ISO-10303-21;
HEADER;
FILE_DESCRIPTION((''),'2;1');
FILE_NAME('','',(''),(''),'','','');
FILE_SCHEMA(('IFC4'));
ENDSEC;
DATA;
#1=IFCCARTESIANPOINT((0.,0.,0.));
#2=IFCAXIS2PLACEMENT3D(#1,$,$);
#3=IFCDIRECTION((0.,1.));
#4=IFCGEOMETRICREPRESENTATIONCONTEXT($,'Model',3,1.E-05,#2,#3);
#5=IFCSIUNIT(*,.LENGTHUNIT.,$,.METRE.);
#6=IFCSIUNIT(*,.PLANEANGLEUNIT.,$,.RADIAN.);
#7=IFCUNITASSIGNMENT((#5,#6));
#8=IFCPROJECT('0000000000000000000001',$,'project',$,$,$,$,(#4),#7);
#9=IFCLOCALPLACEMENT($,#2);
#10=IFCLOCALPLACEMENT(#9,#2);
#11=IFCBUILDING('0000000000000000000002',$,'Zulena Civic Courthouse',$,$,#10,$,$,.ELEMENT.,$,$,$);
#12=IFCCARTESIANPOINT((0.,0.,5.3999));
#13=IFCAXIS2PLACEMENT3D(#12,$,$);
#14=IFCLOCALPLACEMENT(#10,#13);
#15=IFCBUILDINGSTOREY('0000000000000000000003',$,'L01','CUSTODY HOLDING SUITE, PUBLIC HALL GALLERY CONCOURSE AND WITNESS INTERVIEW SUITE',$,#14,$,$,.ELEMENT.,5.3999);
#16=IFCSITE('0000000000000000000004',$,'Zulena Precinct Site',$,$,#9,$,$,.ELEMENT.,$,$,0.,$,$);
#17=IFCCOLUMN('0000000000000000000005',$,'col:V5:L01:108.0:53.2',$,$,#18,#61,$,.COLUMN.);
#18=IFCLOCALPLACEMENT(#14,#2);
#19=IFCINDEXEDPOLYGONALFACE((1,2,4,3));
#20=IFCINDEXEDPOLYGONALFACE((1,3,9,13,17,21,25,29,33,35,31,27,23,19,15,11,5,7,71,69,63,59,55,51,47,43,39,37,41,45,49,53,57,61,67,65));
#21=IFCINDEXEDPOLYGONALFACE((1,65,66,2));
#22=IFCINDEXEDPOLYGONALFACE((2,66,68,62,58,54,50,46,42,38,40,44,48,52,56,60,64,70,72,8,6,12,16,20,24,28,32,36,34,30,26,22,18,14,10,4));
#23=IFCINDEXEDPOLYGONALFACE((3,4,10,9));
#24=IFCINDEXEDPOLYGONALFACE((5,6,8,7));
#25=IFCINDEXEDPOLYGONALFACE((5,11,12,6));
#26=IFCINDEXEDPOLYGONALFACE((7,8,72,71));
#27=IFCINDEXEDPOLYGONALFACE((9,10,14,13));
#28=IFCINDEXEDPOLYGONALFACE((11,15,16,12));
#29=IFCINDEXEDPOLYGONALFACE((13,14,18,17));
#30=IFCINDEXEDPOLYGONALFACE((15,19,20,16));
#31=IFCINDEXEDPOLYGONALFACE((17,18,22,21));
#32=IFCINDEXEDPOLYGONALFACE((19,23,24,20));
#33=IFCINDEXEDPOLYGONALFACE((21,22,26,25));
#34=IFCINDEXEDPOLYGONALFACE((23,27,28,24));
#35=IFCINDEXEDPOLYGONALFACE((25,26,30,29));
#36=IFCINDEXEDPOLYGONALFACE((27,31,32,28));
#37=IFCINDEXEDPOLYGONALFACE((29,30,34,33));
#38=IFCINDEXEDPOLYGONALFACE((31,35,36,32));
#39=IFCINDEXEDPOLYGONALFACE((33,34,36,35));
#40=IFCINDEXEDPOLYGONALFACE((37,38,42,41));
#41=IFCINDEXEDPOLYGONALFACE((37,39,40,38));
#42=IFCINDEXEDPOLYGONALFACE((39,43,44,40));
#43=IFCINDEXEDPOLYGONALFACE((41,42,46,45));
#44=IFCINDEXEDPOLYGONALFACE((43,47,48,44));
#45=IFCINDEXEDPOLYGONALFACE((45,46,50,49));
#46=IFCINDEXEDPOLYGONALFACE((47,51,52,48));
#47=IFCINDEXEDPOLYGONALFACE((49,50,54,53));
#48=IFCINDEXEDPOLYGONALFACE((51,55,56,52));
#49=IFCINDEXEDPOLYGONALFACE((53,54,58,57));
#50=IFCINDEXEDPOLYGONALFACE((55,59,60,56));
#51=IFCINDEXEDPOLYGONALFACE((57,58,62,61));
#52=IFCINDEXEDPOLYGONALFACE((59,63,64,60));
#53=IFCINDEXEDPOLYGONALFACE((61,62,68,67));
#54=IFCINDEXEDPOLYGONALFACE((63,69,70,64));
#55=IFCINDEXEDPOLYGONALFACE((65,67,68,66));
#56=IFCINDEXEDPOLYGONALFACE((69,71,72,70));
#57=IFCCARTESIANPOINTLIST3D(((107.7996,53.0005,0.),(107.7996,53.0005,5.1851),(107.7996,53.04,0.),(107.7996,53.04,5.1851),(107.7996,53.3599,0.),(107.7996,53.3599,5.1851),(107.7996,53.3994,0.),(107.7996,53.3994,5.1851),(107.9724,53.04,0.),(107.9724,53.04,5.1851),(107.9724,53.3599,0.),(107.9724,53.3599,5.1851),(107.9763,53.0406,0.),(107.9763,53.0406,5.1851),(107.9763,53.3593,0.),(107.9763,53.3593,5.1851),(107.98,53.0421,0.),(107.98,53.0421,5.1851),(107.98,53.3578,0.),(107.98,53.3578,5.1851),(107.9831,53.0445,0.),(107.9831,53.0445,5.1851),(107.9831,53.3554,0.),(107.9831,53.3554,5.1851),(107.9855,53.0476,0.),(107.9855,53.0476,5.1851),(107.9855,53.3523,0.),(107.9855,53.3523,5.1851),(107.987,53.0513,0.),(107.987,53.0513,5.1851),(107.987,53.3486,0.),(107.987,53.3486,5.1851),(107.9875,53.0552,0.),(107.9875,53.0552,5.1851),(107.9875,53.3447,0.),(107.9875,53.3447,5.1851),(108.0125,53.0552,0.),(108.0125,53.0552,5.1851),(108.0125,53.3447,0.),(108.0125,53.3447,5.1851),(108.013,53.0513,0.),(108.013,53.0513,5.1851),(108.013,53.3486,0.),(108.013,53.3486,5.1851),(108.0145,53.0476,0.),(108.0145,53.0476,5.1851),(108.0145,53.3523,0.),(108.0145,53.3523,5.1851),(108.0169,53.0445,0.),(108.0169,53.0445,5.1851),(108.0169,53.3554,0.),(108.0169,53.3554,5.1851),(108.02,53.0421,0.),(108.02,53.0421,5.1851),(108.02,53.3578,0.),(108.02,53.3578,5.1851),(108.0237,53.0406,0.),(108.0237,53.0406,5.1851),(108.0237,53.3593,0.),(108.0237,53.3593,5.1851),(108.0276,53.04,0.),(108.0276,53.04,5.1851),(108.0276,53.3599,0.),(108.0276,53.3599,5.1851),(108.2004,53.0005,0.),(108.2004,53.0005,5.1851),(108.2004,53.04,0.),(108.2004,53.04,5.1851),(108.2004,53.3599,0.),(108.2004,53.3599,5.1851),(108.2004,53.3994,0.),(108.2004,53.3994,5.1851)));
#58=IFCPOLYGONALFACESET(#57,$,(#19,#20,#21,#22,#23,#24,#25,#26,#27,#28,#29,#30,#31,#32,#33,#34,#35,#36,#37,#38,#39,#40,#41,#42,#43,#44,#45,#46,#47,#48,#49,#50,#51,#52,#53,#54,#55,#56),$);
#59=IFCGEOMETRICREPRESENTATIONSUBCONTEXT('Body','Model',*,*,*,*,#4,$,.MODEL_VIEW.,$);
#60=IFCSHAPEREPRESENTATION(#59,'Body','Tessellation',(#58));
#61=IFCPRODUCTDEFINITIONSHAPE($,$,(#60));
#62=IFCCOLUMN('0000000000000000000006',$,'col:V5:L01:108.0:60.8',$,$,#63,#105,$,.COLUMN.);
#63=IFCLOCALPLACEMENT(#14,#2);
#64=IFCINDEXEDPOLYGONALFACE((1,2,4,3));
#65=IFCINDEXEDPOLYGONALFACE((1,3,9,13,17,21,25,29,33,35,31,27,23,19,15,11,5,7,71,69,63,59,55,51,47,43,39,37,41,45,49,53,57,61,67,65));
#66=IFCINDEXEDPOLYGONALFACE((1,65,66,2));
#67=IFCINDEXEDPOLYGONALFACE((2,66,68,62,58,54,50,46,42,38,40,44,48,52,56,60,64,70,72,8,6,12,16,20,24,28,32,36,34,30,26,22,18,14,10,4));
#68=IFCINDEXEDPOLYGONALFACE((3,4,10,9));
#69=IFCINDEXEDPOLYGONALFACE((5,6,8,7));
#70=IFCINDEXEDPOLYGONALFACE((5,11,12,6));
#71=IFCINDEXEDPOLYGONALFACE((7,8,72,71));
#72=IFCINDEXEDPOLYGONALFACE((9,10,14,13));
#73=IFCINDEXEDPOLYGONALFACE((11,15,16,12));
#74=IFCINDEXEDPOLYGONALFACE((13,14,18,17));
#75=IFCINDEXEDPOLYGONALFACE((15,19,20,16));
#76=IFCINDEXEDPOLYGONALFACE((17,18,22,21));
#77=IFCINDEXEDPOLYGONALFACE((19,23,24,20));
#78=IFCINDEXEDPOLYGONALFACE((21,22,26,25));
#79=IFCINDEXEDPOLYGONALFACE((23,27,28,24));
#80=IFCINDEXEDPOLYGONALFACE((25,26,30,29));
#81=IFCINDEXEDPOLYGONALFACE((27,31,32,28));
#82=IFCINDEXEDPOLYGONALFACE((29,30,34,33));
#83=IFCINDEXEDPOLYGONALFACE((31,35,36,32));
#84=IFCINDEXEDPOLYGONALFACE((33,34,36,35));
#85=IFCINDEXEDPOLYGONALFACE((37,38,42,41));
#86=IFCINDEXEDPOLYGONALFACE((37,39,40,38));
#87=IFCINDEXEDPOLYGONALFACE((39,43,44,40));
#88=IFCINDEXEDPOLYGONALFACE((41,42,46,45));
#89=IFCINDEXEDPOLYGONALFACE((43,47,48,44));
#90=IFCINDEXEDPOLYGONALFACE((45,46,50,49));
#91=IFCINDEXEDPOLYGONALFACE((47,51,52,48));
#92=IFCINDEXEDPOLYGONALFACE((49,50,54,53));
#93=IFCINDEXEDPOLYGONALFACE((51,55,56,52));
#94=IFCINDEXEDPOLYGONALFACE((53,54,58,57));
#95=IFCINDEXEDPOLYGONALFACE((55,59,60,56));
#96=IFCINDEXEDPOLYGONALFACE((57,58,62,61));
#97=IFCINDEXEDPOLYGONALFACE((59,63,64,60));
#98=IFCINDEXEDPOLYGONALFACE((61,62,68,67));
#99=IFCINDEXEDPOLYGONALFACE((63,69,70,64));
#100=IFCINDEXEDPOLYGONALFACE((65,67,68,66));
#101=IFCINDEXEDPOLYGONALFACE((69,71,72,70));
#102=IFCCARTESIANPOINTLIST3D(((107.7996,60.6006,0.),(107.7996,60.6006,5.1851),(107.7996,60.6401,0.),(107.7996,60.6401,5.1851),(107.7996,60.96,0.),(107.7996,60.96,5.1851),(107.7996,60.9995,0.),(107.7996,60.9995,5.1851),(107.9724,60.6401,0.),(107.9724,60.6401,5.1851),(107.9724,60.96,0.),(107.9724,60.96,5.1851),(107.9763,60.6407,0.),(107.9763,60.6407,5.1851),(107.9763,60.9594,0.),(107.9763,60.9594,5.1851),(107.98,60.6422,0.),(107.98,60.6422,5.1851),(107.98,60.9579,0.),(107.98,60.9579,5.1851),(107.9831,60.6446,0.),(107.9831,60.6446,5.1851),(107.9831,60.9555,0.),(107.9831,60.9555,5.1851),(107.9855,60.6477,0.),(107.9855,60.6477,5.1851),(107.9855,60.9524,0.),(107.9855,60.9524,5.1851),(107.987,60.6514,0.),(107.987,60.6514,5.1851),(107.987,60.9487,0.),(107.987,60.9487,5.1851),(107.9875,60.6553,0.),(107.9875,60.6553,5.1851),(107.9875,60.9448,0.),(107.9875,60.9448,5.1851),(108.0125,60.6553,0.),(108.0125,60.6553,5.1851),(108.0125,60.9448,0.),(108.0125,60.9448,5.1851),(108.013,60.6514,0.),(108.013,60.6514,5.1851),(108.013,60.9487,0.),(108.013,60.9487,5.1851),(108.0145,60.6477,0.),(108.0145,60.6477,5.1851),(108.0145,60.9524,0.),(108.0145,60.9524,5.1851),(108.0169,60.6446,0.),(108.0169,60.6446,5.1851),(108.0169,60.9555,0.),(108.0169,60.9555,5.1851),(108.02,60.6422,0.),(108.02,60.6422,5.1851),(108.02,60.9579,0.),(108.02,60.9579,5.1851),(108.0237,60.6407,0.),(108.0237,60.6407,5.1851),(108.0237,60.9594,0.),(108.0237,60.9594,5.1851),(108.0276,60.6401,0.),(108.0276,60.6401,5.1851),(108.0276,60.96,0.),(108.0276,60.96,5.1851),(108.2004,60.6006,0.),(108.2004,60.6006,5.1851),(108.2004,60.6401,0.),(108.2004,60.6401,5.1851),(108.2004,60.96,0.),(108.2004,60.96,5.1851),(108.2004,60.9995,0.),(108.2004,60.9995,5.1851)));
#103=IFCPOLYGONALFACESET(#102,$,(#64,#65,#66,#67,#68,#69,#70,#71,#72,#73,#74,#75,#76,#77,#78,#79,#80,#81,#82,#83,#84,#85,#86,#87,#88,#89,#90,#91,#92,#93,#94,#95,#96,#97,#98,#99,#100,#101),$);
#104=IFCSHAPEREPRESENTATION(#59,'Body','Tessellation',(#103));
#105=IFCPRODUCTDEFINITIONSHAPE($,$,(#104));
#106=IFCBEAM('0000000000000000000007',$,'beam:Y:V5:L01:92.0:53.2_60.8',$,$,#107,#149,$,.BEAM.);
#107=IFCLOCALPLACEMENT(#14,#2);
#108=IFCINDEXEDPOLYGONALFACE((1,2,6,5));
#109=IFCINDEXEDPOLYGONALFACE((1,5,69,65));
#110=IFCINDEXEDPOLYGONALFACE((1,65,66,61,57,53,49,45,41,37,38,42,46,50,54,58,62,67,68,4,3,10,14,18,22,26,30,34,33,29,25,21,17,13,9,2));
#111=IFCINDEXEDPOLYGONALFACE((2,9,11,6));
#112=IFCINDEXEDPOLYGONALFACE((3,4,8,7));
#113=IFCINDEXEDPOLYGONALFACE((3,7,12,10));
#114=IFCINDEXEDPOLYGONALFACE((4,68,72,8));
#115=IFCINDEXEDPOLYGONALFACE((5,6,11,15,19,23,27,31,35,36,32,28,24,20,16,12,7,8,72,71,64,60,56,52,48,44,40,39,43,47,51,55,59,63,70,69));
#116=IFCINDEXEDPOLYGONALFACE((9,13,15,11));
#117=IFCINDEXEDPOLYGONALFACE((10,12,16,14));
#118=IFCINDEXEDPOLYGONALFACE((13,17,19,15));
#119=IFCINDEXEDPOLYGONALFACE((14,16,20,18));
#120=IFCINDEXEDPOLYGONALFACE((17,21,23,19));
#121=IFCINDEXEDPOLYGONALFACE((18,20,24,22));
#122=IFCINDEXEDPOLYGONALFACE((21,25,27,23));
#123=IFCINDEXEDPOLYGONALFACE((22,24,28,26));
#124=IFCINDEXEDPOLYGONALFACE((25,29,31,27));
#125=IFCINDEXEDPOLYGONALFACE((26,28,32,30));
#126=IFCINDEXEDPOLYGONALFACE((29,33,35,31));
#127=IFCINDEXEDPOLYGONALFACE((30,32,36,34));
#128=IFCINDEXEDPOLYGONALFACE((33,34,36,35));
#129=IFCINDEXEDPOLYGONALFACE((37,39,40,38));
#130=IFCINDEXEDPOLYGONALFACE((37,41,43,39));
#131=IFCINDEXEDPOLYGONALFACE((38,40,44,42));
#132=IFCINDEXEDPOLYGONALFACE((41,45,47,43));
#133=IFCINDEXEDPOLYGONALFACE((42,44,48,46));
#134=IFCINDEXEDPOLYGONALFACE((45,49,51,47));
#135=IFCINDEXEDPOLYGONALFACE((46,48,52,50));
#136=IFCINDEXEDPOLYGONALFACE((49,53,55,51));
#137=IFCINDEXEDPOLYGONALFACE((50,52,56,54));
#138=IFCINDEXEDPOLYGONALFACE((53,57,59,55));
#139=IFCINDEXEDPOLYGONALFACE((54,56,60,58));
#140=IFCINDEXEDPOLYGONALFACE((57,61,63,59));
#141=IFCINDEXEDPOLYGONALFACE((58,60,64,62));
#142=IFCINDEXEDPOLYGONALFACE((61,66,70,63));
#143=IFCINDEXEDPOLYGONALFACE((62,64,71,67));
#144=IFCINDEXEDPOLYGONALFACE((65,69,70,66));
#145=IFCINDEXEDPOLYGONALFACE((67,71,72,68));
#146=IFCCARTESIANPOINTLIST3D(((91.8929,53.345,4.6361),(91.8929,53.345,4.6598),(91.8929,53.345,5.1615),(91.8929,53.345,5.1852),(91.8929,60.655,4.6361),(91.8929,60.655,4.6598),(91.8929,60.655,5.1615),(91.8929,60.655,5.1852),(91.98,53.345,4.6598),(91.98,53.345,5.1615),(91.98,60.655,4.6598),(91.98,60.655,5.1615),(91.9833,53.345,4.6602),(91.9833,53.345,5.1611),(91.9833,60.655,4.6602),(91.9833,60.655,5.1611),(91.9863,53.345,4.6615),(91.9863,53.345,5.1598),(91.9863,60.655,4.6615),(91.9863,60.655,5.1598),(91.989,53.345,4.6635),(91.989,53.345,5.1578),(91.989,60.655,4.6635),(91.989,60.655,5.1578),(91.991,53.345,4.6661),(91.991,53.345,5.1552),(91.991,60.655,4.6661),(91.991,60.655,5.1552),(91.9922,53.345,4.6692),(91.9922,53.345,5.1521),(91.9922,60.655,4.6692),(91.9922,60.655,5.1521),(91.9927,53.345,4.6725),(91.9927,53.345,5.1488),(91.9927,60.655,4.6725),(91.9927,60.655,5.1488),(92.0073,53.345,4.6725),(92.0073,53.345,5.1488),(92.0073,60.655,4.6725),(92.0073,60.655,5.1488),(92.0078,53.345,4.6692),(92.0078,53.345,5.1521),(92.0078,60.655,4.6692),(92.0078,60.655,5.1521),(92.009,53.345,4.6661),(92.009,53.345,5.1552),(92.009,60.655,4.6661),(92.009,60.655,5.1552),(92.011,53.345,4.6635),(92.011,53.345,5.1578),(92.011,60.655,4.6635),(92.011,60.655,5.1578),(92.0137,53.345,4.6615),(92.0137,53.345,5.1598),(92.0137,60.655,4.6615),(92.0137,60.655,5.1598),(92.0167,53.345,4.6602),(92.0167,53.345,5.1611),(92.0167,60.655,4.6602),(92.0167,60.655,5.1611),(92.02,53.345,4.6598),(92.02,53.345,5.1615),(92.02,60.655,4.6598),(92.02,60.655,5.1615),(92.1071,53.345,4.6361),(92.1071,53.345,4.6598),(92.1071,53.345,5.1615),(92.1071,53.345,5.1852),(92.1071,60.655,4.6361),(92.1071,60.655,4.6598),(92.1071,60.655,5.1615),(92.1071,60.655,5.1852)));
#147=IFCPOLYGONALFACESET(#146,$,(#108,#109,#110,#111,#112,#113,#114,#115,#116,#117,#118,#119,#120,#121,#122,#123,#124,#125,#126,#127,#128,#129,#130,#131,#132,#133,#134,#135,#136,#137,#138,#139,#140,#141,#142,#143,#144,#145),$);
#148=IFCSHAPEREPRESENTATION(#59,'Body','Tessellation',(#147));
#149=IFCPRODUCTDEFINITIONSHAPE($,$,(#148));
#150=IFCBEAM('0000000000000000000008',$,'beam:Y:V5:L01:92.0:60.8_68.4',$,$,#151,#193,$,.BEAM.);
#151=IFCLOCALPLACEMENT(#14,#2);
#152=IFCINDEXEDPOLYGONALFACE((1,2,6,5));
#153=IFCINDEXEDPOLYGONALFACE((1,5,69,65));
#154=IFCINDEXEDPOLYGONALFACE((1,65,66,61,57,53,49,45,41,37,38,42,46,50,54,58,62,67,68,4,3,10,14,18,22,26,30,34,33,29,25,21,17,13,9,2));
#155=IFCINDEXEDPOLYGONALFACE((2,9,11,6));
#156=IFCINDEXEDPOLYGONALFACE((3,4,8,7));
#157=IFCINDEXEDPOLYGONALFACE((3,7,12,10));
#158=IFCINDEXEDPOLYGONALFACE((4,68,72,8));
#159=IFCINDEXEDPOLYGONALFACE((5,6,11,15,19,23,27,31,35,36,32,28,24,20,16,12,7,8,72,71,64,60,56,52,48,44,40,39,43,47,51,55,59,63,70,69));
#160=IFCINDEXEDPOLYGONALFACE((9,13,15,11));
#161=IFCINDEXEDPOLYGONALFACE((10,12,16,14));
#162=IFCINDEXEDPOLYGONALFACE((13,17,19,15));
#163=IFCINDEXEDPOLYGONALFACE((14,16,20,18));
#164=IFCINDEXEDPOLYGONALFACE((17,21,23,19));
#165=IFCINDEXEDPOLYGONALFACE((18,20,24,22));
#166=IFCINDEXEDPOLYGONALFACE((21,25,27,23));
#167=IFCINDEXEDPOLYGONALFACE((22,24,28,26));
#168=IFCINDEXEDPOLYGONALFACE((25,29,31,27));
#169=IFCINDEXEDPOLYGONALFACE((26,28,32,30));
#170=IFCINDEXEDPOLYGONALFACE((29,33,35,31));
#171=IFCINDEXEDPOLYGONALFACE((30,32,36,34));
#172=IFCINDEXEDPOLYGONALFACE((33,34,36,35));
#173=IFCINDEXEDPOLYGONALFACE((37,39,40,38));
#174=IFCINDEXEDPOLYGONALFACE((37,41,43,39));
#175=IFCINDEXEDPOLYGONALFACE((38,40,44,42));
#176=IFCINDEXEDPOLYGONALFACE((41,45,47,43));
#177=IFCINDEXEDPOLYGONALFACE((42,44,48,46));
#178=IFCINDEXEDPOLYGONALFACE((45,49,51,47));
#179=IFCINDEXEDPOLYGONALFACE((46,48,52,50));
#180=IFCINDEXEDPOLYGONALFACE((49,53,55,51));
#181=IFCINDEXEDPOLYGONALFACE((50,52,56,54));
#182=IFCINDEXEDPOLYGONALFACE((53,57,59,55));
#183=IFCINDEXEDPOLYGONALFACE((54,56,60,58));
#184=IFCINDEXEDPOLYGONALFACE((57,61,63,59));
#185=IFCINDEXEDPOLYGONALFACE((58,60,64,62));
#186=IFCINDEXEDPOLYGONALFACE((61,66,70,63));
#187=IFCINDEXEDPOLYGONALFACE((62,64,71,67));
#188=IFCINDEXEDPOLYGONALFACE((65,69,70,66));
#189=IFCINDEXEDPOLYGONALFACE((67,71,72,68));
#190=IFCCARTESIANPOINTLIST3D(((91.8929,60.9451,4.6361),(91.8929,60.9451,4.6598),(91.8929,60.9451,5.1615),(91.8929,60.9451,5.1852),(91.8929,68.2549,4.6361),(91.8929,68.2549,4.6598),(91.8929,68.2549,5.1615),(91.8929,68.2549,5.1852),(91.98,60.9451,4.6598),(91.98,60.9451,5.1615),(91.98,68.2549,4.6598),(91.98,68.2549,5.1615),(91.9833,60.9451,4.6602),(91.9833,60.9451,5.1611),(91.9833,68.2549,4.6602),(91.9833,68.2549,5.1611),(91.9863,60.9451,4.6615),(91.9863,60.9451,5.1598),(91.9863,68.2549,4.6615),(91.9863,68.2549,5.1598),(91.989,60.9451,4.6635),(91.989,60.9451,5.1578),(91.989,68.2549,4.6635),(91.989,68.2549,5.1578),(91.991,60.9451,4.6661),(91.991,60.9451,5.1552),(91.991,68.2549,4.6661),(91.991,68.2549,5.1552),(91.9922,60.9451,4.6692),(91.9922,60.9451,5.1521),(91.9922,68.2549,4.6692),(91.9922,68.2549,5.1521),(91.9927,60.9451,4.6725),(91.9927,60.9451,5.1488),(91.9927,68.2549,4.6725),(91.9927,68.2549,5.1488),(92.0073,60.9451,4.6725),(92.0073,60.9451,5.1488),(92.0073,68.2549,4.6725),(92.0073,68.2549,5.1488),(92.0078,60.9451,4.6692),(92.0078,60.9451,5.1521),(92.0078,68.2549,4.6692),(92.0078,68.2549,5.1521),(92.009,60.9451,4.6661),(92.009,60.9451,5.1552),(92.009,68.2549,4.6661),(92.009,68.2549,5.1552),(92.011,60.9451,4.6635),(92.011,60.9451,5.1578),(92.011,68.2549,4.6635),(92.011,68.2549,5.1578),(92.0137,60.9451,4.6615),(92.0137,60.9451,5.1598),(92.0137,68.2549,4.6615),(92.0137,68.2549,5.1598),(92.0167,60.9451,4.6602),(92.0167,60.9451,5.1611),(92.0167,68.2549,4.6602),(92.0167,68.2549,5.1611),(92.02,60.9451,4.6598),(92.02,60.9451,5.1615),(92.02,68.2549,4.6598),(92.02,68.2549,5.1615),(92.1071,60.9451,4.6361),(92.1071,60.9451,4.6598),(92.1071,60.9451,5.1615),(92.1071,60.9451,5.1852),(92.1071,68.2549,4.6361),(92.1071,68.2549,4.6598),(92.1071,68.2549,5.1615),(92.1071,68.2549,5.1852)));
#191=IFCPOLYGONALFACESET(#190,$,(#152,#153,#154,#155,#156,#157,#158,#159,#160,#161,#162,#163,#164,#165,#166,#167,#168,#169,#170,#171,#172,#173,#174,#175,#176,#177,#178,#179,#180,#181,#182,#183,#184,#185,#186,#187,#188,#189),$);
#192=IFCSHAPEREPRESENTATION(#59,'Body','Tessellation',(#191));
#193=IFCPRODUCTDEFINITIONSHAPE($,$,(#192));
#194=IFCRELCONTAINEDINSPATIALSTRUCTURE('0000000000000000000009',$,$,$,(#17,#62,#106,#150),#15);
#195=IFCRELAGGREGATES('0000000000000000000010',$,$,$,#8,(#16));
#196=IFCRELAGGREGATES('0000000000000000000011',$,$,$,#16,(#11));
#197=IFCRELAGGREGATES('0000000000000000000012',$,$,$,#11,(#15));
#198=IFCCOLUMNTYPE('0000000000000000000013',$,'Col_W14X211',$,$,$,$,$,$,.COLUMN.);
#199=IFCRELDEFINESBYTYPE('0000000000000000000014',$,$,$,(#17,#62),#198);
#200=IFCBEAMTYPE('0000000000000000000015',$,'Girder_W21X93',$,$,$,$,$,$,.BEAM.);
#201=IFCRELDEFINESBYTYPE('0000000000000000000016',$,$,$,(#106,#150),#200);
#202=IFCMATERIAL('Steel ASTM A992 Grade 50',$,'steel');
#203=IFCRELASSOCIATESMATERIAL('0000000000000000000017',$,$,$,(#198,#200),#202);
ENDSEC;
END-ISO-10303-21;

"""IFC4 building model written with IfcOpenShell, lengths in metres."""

from ifc_helpers import new_model, si_unit, direction, frame, origin, origin_2d, place, context, subcontext, project, spatial, i_section, extrude, material, material_profile, profile_set, type_object, element, save


model = new_model("IFC4")

# Units and contexts
model_context = context("Model", 3, precision=1e-05, world=origin(), true_north=direction((0.0, 1.0)))
body_context = subcontext(model_context, "Body", "Model", "MODEL_VIEW")
ifc_project = project(units=[si_unit("LENGTHUNIT", "METRE"), si_unit("PLANEANGLEUNIT", "RADIAN")], contexts=[model_context])

# Site, building, storey
site_placement = place(None, origin())
site = spatial("IfcSite", under=ifc_project, at=site_placement, Name="Zulena Precinct Site", CompositionType="ELEMENT", RefElevation=0.0)
building_placement = place(site_placement, origin())
building = spatial("IfcBuilding", under=site, at=building_placement, Name="Zulena Civic Courthouse", CompositionType="ELEMENT")
storey_placement = place(building_placement, frame((0.0, 0.0, 5.3999)))
storey = spatial("IfcBuildingStorey", under=building, at=storey_placement, Name="L01", Description="CUSTODY HOLDING SUITE, PUBLIC HALL GALLERY CONCOURSE AND WITNESS INTERVIEW SUITE", CompositionType="ELEMENT", Elevation=5.3999)

# Columns
ifc_material_1 = material(Name="Steel ASTM A992 Grade 50", Category="steel")
ifc_material_profile_1 = material_profile(ifc_material_1, i_section(OverallWidth=0.4009, OverallDepth=0.3989, WebThickness=0.0249, FlangeThickness=0.0396, FilletRadius=0.0151, at=origin_2d()), Name="W14X211")
ifc_profile_set_1 = profile_set([ifc_material_profile_1], Name="Steel ASTM A992 Grade 50")
column_type_1 = type_object("IfcColumnType", Name="Col_W14X211", PredefinedType="COLUMN", material=ifc_profile_set_1)
for number, where, z_axis, x_axis, name in (
    (1, (108.0, 53.2, 0.0), (0.0, 0.0, 1.0), (1.0, 0.0, 0.0), "col:V5:L01:108.0:53.2"),
    (2, (108.0, 60.8, 0.0), (0.0, 0.0, 1.0), (1.0, 0.0, 0.0), "col:V5:L01:108.0:60.8"),
):
    element("IfcColumn", number, at=place(storey_placement, frame(where, z_axis=z_axis, x_axis=x_axis)), inside=storey, type_object=column_type_1, Name=name, PredefinedType="COLUMN", context=body_context, shape_type="SweptSolid", body=[
        extrude(i_section(OverallWidth=0.4009, OverallDepth=0.3989, WebThickness=0.0249, FlangeThickness=0.0396, FilletRadius=0.0151, at=origin_2d()), origin(), (0.0, 0.0, 1.0), 5.1851),
    ])

# Beams
ifc_material_profile_2 = material_profile(ifc_material_1, i_section(OverallWidth=0.2141, OverallDepth=0.5491, WebThickness=0.0146, FlangeThickness=0.0237, FilletRadius=0.0127, at=origin_2d()), Name="W21X93")
ifc_profile_set_2 = profile_set([ifc_material_profile_2], Name="Steel ASTM A992 Grade 50")
beam_type_1 = type_object("IfcBeamType", Name="Girder_W21X93", PredefinedType="BEAM", material=ifc_profile_set_2)
beam_1_placement = place(storey_placement, frame((92.0, 53.345, 4.9106), z_axis=(0.0, 1.0, 0.0), x_axis=(-1.0, 0.0, 0.0)))
element("IfcBeam", 3, at=beam_1_placement, inside=storey, type_object=beam_type_1, Name="beam:Y:V5:L01:92.0:53.2_60.8", PredefinedType="BEAM", context=body_context, shape_type="SweptSolid", body=[
    extrude(i_section(OverallWidth=0.2141, OverallDepth=0.5491, WebThickness=0.0146, FlangeThickness=0.0237, FilletRadius=0.0127, at=origin_2d()), origin(), (0.0, 0.0, 1.0), 7.3101),
])
beam_2_placement = place(storey_placement, frame((92.0, 60.9451, 4.9106), z_axis=(0.0, 1.0, 0.0), x_axis=(-1.0, 0.0, 0.0)))
element("IfcBeam", 4, at=beam_2_placement, inside=storey, type_object=beam_type_1, Name="beam:Y:V5:L01:92.0:60.8_68.4", PredefinedType="BEAM", context=body_context, shape_type="SweptSolid", body=[
    extrude(i_section(OverallWidth=0.2141, OverallDepth=0.5491, WebThickness=0.0146, FlangeThickness=0.0237, FilletRadius=0.0127, at=origin_2d()), origin(), (0.0, 0.0, 1.0), 7.3098),
])

save(model, "model.ifc")
